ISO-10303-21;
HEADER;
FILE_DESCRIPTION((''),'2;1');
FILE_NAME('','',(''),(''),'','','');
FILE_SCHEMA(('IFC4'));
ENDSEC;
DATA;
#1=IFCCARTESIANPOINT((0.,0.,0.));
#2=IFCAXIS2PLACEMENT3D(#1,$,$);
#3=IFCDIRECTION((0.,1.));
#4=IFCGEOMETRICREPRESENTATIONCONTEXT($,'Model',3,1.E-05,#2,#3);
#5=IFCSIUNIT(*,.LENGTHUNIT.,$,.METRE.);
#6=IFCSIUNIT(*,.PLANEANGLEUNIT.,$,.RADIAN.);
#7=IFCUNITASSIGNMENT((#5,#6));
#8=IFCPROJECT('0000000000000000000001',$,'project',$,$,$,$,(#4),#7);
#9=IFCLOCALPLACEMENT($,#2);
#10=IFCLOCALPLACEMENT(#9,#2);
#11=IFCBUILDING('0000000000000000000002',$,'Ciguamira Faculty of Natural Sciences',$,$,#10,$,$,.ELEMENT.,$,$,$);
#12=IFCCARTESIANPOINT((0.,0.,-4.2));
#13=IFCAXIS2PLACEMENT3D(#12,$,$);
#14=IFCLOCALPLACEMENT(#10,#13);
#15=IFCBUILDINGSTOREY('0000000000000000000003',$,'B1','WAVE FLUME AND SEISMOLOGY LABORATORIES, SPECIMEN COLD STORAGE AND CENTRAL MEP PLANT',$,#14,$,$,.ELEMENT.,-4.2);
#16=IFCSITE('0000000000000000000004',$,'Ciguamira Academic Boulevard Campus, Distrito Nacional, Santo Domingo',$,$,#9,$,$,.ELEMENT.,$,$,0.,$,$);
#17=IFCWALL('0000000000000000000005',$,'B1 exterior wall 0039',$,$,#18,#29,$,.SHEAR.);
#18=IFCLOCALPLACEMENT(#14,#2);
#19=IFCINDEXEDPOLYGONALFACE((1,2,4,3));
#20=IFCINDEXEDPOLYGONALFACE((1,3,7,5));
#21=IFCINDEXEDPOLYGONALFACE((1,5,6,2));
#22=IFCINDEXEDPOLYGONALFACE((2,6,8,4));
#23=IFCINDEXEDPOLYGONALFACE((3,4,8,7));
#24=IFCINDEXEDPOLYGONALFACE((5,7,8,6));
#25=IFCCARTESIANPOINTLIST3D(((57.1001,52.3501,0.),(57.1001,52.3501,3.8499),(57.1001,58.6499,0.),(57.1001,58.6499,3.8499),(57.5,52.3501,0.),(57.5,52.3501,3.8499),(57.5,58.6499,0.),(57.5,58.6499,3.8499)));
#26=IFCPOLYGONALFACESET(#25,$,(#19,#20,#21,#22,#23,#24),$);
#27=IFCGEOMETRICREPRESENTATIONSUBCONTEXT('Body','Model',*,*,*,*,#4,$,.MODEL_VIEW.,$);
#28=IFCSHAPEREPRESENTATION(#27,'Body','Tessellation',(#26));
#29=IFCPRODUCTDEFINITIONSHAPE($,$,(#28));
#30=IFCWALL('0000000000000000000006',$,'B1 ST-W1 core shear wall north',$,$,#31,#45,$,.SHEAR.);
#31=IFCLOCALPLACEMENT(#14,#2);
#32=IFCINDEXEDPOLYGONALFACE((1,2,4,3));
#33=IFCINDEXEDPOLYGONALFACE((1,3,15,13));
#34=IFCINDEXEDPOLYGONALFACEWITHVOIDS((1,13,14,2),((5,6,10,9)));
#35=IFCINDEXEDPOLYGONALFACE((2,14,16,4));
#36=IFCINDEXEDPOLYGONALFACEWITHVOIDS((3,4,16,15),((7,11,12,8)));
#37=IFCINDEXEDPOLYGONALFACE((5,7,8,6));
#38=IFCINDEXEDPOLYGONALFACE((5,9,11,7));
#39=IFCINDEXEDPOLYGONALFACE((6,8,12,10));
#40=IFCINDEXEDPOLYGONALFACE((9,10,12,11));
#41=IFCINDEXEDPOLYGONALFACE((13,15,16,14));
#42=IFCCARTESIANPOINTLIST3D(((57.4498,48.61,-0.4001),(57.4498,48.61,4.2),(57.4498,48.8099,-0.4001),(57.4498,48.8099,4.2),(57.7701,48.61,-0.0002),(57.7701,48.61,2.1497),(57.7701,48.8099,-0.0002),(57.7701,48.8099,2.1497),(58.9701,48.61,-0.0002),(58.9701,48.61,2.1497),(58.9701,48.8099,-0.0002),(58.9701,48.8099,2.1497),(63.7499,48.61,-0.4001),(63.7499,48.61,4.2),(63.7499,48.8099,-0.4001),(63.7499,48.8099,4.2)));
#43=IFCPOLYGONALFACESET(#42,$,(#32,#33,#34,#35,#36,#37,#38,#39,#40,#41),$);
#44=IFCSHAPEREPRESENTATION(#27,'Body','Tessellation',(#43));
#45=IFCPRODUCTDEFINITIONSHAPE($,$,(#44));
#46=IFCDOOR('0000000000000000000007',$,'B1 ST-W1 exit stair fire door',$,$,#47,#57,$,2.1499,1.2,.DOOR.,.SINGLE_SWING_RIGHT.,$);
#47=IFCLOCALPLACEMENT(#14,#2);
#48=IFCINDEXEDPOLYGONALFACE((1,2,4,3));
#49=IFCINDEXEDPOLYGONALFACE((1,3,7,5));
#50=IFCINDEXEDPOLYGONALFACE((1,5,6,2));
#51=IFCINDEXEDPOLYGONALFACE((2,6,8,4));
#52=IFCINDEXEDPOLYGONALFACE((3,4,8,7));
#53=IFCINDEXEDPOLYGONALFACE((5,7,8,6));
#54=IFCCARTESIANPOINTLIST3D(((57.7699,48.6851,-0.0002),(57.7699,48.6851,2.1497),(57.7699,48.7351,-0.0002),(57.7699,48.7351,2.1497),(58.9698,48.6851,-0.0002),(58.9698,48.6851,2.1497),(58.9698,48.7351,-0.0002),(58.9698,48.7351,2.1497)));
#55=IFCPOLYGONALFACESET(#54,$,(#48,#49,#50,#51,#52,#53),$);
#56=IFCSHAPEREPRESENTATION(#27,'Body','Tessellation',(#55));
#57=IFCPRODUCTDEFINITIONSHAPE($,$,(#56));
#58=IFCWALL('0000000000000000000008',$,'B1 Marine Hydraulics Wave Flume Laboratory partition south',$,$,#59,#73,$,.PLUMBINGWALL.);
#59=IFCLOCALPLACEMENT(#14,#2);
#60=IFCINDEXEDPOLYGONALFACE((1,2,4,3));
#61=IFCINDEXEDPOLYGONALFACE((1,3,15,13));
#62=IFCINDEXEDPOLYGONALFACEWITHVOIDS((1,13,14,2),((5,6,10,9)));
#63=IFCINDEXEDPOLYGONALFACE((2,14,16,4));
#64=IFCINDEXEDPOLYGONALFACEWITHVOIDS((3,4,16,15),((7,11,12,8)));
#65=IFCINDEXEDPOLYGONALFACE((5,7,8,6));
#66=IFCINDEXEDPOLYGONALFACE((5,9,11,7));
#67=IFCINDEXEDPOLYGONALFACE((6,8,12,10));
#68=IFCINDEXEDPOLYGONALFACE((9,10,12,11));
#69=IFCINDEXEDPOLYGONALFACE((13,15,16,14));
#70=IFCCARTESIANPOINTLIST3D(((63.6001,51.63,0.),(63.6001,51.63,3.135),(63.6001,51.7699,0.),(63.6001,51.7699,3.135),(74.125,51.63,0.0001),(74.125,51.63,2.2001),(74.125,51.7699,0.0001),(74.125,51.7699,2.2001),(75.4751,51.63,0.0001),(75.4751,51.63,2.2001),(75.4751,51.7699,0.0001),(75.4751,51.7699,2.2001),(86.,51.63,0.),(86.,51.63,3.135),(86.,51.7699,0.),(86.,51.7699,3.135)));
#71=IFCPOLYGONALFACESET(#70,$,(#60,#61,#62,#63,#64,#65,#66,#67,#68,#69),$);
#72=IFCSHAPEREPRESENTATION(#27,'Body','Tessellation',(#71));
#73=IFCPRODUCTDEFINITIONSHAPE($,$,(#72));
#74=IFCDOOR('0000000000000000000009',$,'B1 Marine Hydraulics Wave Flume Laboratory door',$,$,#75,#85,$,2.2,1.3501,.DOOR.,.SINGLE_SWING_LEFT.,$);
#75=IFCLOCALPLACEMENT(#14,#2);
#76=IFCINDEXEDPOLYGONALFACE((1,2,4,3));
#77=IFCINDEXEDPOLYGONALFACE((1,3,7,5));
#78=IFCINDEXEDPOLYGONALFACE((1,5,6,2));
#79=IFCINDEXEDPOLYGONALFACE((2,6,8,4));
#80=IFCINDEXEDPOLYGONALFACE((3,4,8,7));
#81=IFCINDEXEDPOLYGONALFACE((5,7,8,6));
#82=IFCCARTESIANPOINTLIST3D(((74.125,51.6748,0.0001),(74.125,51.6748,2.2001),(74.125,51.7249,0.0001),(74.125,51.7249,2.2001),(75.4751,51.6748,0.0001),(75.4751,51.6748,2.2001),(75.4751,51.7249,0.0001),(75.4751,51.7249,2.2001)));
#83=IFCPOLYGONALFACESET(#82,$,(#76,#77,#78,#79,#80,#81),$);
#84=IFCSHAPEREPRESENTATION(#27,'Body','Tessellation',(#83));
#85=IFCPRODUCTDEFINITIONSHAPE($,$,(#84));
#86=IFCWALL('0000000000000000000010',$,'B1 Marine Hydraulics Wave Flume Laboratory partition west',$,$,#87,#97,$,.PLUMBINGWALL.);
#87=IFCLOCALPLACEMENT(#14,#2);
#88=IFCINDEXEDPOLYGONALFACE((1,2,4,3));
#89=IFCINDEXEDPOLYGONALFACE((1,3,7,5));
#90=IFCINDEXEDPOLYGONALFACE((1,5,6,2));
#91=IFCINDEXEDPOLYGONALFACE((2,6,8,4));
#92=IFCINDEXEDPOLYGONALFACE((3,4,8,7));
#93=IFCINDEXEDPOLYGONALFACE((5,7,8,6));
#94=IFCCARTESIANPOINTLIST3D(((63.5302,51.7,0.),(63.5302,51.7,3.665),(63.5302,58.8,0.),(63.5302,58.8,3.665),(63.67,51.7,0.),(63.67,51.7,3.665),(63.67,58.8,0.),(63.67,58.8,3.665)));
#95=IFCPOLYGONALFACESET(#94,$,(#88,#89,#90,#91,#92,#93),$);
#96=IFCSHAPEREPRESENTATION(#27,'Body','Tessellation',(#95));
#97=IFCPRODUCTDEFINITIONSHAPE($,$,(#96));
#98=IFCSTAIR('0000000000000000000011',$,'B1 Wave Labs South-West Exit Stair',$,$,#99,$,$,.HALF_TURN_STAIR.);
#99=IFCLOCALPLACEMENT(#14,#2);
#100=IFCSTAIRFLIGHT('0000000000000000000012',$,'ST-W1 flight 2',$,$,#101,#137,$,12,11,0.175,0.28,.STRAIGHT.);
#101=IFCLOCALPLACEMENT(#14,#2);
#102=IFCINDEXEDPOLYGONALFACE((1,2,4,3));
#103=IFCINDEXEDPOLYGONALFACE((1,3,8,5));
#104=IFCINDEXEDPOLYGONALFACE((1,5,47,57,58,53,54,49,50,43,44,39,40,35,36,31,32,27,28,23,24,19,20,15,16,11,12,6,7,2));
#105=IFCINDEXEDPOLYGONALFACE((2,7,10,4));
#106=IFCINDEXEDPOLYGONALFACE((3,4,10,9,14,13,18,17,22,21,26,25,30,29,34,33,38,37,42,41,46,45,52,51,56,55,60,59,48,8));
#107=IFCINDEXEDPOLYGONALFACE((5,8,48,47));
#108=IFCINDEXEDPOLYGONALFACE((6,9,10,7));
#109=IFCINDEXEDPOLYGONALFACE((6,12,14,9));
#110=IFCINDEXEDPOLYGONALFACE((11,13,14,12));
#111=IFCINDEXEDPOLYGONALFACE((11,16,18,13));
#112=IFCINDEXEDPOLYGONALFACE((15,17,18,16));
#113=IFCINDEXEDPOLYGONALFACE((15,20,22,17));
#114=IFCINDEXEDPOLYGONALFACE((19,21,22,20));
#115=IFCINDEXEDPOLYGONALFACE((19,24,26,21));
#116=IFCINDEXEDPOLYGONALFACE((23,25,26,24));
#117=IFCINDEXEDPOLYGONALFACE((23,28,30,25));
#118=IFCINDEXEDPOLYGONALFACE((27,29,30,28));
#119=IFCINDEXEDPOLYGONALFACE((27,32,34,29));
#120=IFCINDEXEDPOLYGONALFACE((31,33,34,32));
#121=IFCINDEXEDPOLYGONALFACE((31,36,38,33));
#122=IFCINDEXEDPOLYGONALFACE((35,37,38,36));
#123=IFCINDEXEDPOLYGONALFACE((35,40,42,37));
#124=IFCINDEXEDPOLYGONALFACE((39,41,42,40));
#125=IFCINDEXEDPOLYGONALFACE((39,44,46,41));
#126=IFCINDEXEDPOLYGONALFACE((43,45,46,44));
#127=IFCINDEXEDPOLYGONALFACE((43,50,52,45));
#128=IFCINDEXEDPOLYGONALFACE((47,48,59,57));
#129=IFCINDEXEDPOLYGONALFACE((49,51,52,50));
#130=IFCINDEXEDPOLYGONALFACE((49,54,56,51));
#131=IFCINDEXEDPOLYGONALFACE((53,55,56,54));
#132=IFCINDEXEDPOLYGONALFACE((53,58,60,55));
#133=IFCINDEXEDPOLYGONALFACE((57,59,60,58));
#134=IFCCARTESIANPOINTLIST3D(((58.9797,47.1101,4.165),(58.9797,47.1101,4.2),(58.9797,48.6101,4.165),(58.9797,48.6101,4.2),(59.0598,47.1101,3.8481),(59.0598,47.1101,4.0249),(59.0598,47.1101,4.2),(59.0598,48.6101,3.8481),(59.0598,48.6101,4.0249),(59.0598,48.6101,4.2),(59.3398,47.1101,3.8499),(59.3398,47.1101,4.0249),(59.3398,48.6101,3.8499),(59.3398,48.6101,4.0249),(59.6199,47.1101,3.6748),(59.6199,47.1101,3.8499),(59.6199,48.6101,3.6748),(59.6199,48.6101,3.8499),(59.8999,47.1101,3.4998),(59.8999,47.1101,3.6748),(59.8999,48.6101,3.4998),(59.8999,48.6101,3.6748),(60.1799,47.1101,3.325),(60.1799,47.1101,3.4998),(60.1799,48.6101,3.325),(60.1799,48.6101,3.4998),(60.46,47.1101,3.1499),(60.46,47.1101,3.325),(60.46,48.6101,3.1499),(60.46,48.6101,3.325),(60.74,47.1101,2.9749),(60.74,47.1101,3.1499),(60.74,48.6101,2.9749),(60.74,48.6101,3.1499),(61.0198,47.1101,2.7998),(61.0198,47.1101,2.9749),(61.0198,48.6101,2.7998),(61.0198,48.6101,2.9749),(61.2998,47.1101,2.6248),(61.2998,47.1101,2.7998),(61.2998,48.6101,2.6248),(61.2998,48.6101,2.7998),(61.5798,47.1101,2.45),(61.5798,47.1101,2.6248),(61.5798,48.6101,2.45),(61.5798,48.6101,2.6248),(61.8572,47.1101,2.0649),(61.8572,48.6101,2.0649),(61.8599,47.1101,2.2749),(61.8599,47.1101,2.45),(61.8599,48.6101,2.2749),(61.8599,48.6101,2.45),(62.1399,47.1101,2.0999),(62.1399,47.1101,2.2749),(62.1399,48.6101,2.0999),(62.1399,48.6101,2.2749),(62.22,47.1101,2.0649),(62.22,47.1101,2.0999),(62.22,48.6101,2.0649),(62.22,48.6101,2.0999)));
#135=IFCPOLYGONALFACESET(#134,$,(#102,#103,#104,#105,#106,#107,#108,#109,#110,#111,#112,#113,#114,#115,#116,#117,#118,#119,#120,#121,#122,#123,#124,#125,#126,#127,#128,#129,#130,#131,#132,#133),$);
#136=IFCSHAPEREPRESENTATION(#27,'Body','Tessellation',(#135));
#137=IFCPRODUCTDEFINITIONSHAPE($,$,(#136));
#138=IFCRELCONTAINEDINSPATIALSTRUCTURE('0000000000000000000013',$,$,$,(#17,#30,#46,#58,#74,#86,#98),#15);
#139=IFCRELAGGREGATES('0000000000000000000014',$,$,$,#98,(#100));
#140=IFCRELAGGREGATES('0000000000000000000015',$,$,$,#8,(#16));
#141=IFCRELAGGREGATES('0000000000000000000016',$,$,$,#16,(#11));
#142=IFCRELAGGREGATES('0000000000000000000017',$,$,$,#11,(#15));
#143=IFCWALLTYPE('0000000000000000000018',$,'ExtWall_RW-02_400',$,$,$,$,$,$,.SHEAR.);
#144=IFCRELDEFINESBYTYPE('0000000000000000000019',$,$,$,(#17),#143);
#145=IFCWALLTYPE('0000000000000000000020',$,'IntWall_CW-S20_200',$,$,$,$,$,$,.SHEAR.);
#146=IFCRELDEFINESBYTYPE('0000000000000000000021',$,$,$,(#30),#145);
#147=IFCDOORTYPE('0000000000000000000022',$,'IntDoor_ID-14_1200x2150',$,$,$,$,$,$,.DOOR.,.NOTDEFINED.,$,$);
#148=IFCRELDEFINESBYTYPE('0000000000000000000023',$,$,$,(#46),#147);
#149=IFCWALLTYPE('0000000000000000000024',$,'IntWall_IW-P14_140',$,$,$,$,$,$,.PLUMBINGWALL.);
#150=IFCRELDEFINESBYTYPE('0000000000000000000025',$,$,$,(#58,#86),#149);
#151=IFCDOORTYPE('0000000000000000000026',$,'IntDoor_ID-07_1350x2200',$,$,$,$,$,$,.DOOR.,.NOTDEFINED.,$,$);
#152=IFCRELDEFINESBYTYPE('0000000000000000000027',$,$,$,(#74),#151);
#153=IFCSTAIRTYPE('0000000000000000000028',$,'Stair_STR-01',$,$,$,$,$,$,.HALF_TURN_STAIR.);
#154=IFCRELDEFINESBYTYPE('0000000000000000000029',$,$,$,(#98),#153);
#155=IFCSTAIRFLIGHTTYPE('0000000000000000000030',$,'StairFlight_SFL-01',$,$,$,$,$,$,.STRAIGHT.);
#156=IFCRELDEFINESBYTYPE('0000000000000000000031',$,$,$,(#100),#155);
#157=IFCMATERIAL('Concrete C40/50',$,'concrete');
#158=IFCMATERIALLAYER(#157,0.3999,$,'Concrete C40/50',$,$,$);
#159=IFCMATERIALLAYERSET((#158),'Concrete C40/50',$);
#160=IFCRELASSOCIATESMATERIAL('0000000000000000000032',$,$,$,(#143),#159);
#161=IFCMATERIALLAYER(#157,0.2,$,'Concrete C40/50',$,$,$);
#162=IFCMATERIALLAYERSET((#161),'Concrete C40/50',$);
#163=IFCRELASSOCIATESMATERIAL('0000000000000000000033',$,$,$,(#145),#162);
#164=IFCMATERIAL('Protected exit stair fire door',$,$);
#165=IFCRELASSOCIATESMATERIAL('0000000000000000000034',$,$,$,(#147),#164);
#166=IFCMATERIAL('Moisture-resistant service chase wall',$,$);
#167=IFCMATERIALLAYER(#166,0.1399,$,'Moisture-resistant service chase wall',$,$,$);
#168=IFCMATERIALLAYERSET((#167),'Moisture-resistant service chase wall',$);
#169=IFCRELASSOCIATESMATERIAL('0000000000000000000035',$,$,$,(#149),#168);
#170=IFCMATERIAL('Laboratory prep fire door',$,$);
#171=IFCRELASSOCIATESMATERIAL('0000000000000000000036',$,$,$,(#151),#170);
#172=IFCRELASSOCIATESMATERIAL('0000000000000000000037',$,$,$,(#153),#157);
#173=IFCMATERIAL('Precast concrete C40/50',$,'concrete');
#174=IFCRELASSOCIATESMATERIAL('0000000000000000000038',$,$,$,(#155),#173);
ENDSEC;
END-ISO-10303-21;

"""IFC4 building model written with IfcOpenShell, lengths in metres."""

from ifc_helpers import new_model, si_unit, direction, frame, frame_2d, origin, place, context, subcontext, project, spatial, polyline, rectangle, outline, extrude, material, layer, layer_set, type_object, element, fill, aggregate, save


model = new_model("IFC4")

# Units and contexts
model_context = context("Model", 3, precision=1e-05, world=origin(), true_north=direction((0.0, 1.0)))
body_context = subcontext(model_context, "Body", "Model", "MODEL_VIEW")
ifc_project = project(units=[si_unit("LENGTHUNIT", "METRE"), si_unit("PLANEANGLEUNIT", "RADIAN")], contexts=[model_context])

# Site, building, storey
site_placement = place(None, origin())
site = spatial("IfcSite", under=ifc_project, at=site_placement, Name="Ciguamira Academic Boulevard Campus, Distrito Nacional, Santo Domingo", CompositionType="ELEMENT", RefElevation=0.0)
building_placement = place(site_placement, origin())
building = spatial("IfcBuilding", under=site, at=building_placement, Name="Ciguamira Faculty of Natural Sciences", CompositionType="ELEMENT")
storey_placement = place(building_placement, frame((0.0, 0.0, -4.2)))
storey = spatial("IfcBuildingStorey", under=building, at=storey_placement, Name="B1", Description="WAVE FLUME AND SEISMOLOGY LABORATORIES, SPECIMEN COLD STORAGE AND CENTRAL MEP PLANT", CompositionType="ELEMENT", Elevation=-4.2)

# Shared definitions
ifc_material_1 = material(Name="Concrete C40/50", Category="concrete")

# Wall
ifc_layer_1 = layer(ifc_material_1, 0.3999, Name="Concrete C40/50")
ifc_layer_set_1 = layer_set([ifc_layer_1], Name="Concrete C40/50")
wall_type_1 = type_object("IfcWallType", Name="ExtWall_RW-02_400", PredefinedType="SHEAR", material=ifc_layer_set_1)
wall_1_placement = place(storey_placement, frame((57.3, 52.3501, 0.0), z_axis=(0.0, 0.0, 1.0), x_axis=(0.0, 1.0, 0.0)))
element("IfcWall", 1, at=wall_1_placement, inside=storey, type_object=wall_type_1, Name="B1 exterior wall 0039", PredefinedType="SHEAR", context=body_context, shape_type="SweptSolid", body=[
    extrude(rectangle(XDim=6.2998, YDim=0.3999, at=frame_2d((3.1499, 0.0))), origin(), (0.0, 0.0, 1.0), 3.8499),
])

# Walls, openings, doors
ifc_layer_2 = layer(ifc_material_1, 0.2, Name="Concrete C40/50")
ifc_layer_set_2 = layer_set([ifc_layer_2], Name="Concrete C40/50")
wall_type_2 = type_object("IfcWallType", Name="IntWall_CW-S20_200", PredefinedType="SHEAR", material=ifc_layer_set_2)
wall_2_placement = place(storey_placement, frame((57.45, 48.71, -0.4001), z_axis=(0.0, 0.0, 1.0), x_axis=(1.0, 0.0, 0.0)))
wall_2 = element("IfcWall", 2, at=wall_2_placement, inside=storey, type_object=wall_type_2, Name="B1 ST-W1 core shear wall north", PredefinedType="SHEAR", context=body_context, shape_type="SweptSolid", body=[
    extrude(rectangle(XDim=6.3, YDim=0.2, at=frame_2d((3.1499, 0.0))), origin(), (0.0, 0.0, 1.0), 4.6001),
])
opening_1_placement = place(wall_2_placement, frame((0.3201, 0.0, 0.3999)))
opening_1 = element("IfcOpeningElement", 3, at=opening_1_placement, cuts=wall_2, PredefinedType="OPENING", context=body_context, shape_type="SweptSolid", body=[
    extrude(rectangle(XDim=1.2, YDim=2.1499, at=frame_2d((0.6001, 1.075))), frame((0.0, 0.1099, 0.0), z_axis=(0.0, -1.0, 0.0), x_axis=(1.0, 0.0, 0.0)), (0.0, 0.0, 1.0), 0.22),
])
ifc_material_2 = material(Name="Protected exit stair fire door")
door_type_1 = type_object("IfcDoorType", Name="IntDoor_ID-14_1200x2150", OperationType="NOTDEFINED", PredefinedType="DOOR", material=ifc_material_2)
door_1_placement = place(opening_1_placement, frame((1.2, 0.0, 0.0), z_axis=(0.0, 0.0, 1.0), x_axis=(-1.0, 0.0, 0.0)))
door_1 = element("IfcDoor", 4, at=door_1_placement, inside=storey, type_object=door_type_1, Name="B1 ST-W1 exit stair fire door", OperationType="SINGLE_SWING_RIGHT", OverallHeight=2.1499, OverallWidth=1.2, PredefinedType="DOOR", context=body_context, shape_type="SweptSolid", body=[
    extrude(rectangle(XDim=1.2, YDim=2.1499, at=frame_2d((0.6001, 1.075))), frame((0.0, 0.0249, 0.0), z_axis=(0.0, -1.0, 0.0), x_axis=(1.0, 0.0, 0.0)), (0.0, 0.0, 1.0), 0.05),
])
fill(opening_1, door_1)
ifc_material_3 = material(Name="Moisture-resistant service chase wall")
ifc_layer_3 = layer(ifc_material_3, 0.1399, Name="Moisture-resistant service chase wall")
ifc_layer_set_3 = layer_set([ifc_layer_3], Name="Moisture-resistant service chase wall")
wall_type_3 = type_object("IfcWallType", Name="IntWall_IW-P14_140", PredefinedType="PLUMBINGWALL", material=ifc_layer_set_3)
wall_3_placement = place(storey_placement, frame((63.6001, 51.7, 0.0), z_axis=(0.0, 0.0, 1.0), x_axis=(1.0, 0.0, 0.0)))
wall_3 = element("IfcWall", 5, at=wall_3_placement, inside=storey, type_object=wall_type_3, Name="B1 Marine Hydraulics Wave Flume Laboratory partition south", PredefinedType="PLUMBINGWALL", context=body_context, shape_type="SweptSolid", body=[
    extrude(rectangle(XDim=22.3999, YDim=0.1399, at=frame_2d((11.2, 0.0))), origin(), (0.0, 0.0, 1.0), 3.135),
])
opening_2_placement = place(wall_3_placement, frame((10.5249, 0.0, 0.0)))
opening_2 = element("IfcOpeningElement", 6, at=opening_2_placement, cuts=wall_3, PredefinedType="OPENING", context=body_context, shape_type="SweptSolid", body=[
    extrude(rectangle(XDim=1.3501, YDim=2.2, at=frame_2d((0.675, 1.1001))), frame((0.0, 0.0798, 0.0), z_axis=(0.0, -1.0, 0.0), x_axis=(1.0, 0.0, 0.0)), (0.0, 0.0, 1.0), 0.1599),
])
ifc_material_4 = material(Name="Laboratory prep fire door")
door_type_2 = type_object("IfcDoorType", Name="IntDoor_ID-07_1350x2200", OperationType="NOTDEFINED", PredefinedType="DOOR", material=ifc_material_4)
door_2_placement = place(opening_2_placement, origin())
door_2 = element("IfcDoor", 7, at=door_2_placement, inside=storey, type_object=door_type_2, Name="B1 Marine Hydraulics Wave Flume Laboratory door", OperationType="SINGLE_SWING_LEFT", OverallHeight=2.2, OverallWidth=1.3501, PredefinedType="DOOR", context=body_context, shape_type="SweptSolid", body=[
    extrude(rectangle(XDim=1.3501, YDim=2.2, at=frame_2d((0.675, 1.1001))), frame((0.0, 0.0249, 0.0), z_axis=(0.0, -1.0, 0.0), x_axis=(1.0, 0.0, 0.0)), (0.0, 0.0, 1.0), 0.05),
])
fill(opening_2, door_2)

# Wall
wall_4_placement = place(storey_placement, frame((63.6001, 51.7, 0.0), z_axis=(0.0, 0.0, 1.0), x_axis=(0.0, 1.0, 0.0)))
element("IfcWall", 8, at=wall_4_placement, inside=storey, type_object=wall_type_3, Name="B1 Marine Hydraulics Wave Flume Laboratory partition west", PredefinedType="PLUMBINGWALL", context=body_context, shape_type="SweptSolid", body=[
    extrude(rectangle(XDim=7.1001, YDim=0.1399, at=frame_2d((3.55, 0.0))), origin(), (0.0, 0.0, 1.0), 3.665),
])

# Stair, stair flight
stair_type = type_object("IfcStairType", Name="Stair_STR-01", PredefinedType="HALF_TURN_STAIR", material=ifc_material_1)
stair_placement = place(storey_placement, origin())
stair = element("IfcStair", 9, at=stair_placement, inside=storey, type_object=stair_type, Name="B1 Wave Labs South-West Exit Stair", PredefinedType="HALF_TURN_STAIR")
ifc_material_5 = material(Name="Precast concrete C40/50", Category="concrete")
stair_flight_type = type_object("IfcStairFlightType", Name="StairFlight_SFL-01", PredefinedType="STRAIGHT", material=ifc_material_5)
stair_flight_placement = place(storey_placement, frame((62.1399, 47.8601, 2.0999), z_axis=(0.0, 0.0, 1.0), x_axis=(-1.0, 0.0, 0.0)))
stair_flight = element("IfcStairFlight", 10, at=stair_flight_placement, type_object=stair_flight_type, Name="ST-W1 flight 2", NumberOfRisers=12, NumberOfTreads=11, PredefinedType="STRAIGHT", RiserHeight=0.175, TreadLength=0.28, context=body_context, shape_type="SweptSolid", body=[
    extrude(outline(polyline([(-0.0801, -0.0349), (-0.0801, 0.0), (0.0, 0.0), (0.0, 0.175), (0.28, 0.175), (0.28, 0.3501), (0.5601, 0.3501), (0.5601, 0.5249), (0.8401, 0.5249), (0.8401, 0.7), (1.1201, 0.7), (1.1201, 0.875), (1.3999, 0.875), (1.3999, 1.05), (1.6799, 1.05), (1.6799, 1.2251), (1.96, 1.2251), (1.96, 1.3999), (2.24, 1.3999), (2.24, 1.575), (2.52, 1.575), (2.52, 1.75), (2.8, 1.75), (2.8, 1.925), (3.0801, 1.925), (3.0801, 2.1001), (3.1602, 2.1001), (3.1602, 2.0652), (3.0801, 1.7483), (0.2827, -0.0349), (-0.0801, -0.0349)])), frame((0.0, 0.75, 0.0), z_axis=(0.0, -1.0, 0.0), x_axis=(1.0, 0.0, 0.0)), (0.0, 0.0, 1.0), 1.5),
])
aggregate(stair, [stair_flight])

save(model, "model.ifc")
